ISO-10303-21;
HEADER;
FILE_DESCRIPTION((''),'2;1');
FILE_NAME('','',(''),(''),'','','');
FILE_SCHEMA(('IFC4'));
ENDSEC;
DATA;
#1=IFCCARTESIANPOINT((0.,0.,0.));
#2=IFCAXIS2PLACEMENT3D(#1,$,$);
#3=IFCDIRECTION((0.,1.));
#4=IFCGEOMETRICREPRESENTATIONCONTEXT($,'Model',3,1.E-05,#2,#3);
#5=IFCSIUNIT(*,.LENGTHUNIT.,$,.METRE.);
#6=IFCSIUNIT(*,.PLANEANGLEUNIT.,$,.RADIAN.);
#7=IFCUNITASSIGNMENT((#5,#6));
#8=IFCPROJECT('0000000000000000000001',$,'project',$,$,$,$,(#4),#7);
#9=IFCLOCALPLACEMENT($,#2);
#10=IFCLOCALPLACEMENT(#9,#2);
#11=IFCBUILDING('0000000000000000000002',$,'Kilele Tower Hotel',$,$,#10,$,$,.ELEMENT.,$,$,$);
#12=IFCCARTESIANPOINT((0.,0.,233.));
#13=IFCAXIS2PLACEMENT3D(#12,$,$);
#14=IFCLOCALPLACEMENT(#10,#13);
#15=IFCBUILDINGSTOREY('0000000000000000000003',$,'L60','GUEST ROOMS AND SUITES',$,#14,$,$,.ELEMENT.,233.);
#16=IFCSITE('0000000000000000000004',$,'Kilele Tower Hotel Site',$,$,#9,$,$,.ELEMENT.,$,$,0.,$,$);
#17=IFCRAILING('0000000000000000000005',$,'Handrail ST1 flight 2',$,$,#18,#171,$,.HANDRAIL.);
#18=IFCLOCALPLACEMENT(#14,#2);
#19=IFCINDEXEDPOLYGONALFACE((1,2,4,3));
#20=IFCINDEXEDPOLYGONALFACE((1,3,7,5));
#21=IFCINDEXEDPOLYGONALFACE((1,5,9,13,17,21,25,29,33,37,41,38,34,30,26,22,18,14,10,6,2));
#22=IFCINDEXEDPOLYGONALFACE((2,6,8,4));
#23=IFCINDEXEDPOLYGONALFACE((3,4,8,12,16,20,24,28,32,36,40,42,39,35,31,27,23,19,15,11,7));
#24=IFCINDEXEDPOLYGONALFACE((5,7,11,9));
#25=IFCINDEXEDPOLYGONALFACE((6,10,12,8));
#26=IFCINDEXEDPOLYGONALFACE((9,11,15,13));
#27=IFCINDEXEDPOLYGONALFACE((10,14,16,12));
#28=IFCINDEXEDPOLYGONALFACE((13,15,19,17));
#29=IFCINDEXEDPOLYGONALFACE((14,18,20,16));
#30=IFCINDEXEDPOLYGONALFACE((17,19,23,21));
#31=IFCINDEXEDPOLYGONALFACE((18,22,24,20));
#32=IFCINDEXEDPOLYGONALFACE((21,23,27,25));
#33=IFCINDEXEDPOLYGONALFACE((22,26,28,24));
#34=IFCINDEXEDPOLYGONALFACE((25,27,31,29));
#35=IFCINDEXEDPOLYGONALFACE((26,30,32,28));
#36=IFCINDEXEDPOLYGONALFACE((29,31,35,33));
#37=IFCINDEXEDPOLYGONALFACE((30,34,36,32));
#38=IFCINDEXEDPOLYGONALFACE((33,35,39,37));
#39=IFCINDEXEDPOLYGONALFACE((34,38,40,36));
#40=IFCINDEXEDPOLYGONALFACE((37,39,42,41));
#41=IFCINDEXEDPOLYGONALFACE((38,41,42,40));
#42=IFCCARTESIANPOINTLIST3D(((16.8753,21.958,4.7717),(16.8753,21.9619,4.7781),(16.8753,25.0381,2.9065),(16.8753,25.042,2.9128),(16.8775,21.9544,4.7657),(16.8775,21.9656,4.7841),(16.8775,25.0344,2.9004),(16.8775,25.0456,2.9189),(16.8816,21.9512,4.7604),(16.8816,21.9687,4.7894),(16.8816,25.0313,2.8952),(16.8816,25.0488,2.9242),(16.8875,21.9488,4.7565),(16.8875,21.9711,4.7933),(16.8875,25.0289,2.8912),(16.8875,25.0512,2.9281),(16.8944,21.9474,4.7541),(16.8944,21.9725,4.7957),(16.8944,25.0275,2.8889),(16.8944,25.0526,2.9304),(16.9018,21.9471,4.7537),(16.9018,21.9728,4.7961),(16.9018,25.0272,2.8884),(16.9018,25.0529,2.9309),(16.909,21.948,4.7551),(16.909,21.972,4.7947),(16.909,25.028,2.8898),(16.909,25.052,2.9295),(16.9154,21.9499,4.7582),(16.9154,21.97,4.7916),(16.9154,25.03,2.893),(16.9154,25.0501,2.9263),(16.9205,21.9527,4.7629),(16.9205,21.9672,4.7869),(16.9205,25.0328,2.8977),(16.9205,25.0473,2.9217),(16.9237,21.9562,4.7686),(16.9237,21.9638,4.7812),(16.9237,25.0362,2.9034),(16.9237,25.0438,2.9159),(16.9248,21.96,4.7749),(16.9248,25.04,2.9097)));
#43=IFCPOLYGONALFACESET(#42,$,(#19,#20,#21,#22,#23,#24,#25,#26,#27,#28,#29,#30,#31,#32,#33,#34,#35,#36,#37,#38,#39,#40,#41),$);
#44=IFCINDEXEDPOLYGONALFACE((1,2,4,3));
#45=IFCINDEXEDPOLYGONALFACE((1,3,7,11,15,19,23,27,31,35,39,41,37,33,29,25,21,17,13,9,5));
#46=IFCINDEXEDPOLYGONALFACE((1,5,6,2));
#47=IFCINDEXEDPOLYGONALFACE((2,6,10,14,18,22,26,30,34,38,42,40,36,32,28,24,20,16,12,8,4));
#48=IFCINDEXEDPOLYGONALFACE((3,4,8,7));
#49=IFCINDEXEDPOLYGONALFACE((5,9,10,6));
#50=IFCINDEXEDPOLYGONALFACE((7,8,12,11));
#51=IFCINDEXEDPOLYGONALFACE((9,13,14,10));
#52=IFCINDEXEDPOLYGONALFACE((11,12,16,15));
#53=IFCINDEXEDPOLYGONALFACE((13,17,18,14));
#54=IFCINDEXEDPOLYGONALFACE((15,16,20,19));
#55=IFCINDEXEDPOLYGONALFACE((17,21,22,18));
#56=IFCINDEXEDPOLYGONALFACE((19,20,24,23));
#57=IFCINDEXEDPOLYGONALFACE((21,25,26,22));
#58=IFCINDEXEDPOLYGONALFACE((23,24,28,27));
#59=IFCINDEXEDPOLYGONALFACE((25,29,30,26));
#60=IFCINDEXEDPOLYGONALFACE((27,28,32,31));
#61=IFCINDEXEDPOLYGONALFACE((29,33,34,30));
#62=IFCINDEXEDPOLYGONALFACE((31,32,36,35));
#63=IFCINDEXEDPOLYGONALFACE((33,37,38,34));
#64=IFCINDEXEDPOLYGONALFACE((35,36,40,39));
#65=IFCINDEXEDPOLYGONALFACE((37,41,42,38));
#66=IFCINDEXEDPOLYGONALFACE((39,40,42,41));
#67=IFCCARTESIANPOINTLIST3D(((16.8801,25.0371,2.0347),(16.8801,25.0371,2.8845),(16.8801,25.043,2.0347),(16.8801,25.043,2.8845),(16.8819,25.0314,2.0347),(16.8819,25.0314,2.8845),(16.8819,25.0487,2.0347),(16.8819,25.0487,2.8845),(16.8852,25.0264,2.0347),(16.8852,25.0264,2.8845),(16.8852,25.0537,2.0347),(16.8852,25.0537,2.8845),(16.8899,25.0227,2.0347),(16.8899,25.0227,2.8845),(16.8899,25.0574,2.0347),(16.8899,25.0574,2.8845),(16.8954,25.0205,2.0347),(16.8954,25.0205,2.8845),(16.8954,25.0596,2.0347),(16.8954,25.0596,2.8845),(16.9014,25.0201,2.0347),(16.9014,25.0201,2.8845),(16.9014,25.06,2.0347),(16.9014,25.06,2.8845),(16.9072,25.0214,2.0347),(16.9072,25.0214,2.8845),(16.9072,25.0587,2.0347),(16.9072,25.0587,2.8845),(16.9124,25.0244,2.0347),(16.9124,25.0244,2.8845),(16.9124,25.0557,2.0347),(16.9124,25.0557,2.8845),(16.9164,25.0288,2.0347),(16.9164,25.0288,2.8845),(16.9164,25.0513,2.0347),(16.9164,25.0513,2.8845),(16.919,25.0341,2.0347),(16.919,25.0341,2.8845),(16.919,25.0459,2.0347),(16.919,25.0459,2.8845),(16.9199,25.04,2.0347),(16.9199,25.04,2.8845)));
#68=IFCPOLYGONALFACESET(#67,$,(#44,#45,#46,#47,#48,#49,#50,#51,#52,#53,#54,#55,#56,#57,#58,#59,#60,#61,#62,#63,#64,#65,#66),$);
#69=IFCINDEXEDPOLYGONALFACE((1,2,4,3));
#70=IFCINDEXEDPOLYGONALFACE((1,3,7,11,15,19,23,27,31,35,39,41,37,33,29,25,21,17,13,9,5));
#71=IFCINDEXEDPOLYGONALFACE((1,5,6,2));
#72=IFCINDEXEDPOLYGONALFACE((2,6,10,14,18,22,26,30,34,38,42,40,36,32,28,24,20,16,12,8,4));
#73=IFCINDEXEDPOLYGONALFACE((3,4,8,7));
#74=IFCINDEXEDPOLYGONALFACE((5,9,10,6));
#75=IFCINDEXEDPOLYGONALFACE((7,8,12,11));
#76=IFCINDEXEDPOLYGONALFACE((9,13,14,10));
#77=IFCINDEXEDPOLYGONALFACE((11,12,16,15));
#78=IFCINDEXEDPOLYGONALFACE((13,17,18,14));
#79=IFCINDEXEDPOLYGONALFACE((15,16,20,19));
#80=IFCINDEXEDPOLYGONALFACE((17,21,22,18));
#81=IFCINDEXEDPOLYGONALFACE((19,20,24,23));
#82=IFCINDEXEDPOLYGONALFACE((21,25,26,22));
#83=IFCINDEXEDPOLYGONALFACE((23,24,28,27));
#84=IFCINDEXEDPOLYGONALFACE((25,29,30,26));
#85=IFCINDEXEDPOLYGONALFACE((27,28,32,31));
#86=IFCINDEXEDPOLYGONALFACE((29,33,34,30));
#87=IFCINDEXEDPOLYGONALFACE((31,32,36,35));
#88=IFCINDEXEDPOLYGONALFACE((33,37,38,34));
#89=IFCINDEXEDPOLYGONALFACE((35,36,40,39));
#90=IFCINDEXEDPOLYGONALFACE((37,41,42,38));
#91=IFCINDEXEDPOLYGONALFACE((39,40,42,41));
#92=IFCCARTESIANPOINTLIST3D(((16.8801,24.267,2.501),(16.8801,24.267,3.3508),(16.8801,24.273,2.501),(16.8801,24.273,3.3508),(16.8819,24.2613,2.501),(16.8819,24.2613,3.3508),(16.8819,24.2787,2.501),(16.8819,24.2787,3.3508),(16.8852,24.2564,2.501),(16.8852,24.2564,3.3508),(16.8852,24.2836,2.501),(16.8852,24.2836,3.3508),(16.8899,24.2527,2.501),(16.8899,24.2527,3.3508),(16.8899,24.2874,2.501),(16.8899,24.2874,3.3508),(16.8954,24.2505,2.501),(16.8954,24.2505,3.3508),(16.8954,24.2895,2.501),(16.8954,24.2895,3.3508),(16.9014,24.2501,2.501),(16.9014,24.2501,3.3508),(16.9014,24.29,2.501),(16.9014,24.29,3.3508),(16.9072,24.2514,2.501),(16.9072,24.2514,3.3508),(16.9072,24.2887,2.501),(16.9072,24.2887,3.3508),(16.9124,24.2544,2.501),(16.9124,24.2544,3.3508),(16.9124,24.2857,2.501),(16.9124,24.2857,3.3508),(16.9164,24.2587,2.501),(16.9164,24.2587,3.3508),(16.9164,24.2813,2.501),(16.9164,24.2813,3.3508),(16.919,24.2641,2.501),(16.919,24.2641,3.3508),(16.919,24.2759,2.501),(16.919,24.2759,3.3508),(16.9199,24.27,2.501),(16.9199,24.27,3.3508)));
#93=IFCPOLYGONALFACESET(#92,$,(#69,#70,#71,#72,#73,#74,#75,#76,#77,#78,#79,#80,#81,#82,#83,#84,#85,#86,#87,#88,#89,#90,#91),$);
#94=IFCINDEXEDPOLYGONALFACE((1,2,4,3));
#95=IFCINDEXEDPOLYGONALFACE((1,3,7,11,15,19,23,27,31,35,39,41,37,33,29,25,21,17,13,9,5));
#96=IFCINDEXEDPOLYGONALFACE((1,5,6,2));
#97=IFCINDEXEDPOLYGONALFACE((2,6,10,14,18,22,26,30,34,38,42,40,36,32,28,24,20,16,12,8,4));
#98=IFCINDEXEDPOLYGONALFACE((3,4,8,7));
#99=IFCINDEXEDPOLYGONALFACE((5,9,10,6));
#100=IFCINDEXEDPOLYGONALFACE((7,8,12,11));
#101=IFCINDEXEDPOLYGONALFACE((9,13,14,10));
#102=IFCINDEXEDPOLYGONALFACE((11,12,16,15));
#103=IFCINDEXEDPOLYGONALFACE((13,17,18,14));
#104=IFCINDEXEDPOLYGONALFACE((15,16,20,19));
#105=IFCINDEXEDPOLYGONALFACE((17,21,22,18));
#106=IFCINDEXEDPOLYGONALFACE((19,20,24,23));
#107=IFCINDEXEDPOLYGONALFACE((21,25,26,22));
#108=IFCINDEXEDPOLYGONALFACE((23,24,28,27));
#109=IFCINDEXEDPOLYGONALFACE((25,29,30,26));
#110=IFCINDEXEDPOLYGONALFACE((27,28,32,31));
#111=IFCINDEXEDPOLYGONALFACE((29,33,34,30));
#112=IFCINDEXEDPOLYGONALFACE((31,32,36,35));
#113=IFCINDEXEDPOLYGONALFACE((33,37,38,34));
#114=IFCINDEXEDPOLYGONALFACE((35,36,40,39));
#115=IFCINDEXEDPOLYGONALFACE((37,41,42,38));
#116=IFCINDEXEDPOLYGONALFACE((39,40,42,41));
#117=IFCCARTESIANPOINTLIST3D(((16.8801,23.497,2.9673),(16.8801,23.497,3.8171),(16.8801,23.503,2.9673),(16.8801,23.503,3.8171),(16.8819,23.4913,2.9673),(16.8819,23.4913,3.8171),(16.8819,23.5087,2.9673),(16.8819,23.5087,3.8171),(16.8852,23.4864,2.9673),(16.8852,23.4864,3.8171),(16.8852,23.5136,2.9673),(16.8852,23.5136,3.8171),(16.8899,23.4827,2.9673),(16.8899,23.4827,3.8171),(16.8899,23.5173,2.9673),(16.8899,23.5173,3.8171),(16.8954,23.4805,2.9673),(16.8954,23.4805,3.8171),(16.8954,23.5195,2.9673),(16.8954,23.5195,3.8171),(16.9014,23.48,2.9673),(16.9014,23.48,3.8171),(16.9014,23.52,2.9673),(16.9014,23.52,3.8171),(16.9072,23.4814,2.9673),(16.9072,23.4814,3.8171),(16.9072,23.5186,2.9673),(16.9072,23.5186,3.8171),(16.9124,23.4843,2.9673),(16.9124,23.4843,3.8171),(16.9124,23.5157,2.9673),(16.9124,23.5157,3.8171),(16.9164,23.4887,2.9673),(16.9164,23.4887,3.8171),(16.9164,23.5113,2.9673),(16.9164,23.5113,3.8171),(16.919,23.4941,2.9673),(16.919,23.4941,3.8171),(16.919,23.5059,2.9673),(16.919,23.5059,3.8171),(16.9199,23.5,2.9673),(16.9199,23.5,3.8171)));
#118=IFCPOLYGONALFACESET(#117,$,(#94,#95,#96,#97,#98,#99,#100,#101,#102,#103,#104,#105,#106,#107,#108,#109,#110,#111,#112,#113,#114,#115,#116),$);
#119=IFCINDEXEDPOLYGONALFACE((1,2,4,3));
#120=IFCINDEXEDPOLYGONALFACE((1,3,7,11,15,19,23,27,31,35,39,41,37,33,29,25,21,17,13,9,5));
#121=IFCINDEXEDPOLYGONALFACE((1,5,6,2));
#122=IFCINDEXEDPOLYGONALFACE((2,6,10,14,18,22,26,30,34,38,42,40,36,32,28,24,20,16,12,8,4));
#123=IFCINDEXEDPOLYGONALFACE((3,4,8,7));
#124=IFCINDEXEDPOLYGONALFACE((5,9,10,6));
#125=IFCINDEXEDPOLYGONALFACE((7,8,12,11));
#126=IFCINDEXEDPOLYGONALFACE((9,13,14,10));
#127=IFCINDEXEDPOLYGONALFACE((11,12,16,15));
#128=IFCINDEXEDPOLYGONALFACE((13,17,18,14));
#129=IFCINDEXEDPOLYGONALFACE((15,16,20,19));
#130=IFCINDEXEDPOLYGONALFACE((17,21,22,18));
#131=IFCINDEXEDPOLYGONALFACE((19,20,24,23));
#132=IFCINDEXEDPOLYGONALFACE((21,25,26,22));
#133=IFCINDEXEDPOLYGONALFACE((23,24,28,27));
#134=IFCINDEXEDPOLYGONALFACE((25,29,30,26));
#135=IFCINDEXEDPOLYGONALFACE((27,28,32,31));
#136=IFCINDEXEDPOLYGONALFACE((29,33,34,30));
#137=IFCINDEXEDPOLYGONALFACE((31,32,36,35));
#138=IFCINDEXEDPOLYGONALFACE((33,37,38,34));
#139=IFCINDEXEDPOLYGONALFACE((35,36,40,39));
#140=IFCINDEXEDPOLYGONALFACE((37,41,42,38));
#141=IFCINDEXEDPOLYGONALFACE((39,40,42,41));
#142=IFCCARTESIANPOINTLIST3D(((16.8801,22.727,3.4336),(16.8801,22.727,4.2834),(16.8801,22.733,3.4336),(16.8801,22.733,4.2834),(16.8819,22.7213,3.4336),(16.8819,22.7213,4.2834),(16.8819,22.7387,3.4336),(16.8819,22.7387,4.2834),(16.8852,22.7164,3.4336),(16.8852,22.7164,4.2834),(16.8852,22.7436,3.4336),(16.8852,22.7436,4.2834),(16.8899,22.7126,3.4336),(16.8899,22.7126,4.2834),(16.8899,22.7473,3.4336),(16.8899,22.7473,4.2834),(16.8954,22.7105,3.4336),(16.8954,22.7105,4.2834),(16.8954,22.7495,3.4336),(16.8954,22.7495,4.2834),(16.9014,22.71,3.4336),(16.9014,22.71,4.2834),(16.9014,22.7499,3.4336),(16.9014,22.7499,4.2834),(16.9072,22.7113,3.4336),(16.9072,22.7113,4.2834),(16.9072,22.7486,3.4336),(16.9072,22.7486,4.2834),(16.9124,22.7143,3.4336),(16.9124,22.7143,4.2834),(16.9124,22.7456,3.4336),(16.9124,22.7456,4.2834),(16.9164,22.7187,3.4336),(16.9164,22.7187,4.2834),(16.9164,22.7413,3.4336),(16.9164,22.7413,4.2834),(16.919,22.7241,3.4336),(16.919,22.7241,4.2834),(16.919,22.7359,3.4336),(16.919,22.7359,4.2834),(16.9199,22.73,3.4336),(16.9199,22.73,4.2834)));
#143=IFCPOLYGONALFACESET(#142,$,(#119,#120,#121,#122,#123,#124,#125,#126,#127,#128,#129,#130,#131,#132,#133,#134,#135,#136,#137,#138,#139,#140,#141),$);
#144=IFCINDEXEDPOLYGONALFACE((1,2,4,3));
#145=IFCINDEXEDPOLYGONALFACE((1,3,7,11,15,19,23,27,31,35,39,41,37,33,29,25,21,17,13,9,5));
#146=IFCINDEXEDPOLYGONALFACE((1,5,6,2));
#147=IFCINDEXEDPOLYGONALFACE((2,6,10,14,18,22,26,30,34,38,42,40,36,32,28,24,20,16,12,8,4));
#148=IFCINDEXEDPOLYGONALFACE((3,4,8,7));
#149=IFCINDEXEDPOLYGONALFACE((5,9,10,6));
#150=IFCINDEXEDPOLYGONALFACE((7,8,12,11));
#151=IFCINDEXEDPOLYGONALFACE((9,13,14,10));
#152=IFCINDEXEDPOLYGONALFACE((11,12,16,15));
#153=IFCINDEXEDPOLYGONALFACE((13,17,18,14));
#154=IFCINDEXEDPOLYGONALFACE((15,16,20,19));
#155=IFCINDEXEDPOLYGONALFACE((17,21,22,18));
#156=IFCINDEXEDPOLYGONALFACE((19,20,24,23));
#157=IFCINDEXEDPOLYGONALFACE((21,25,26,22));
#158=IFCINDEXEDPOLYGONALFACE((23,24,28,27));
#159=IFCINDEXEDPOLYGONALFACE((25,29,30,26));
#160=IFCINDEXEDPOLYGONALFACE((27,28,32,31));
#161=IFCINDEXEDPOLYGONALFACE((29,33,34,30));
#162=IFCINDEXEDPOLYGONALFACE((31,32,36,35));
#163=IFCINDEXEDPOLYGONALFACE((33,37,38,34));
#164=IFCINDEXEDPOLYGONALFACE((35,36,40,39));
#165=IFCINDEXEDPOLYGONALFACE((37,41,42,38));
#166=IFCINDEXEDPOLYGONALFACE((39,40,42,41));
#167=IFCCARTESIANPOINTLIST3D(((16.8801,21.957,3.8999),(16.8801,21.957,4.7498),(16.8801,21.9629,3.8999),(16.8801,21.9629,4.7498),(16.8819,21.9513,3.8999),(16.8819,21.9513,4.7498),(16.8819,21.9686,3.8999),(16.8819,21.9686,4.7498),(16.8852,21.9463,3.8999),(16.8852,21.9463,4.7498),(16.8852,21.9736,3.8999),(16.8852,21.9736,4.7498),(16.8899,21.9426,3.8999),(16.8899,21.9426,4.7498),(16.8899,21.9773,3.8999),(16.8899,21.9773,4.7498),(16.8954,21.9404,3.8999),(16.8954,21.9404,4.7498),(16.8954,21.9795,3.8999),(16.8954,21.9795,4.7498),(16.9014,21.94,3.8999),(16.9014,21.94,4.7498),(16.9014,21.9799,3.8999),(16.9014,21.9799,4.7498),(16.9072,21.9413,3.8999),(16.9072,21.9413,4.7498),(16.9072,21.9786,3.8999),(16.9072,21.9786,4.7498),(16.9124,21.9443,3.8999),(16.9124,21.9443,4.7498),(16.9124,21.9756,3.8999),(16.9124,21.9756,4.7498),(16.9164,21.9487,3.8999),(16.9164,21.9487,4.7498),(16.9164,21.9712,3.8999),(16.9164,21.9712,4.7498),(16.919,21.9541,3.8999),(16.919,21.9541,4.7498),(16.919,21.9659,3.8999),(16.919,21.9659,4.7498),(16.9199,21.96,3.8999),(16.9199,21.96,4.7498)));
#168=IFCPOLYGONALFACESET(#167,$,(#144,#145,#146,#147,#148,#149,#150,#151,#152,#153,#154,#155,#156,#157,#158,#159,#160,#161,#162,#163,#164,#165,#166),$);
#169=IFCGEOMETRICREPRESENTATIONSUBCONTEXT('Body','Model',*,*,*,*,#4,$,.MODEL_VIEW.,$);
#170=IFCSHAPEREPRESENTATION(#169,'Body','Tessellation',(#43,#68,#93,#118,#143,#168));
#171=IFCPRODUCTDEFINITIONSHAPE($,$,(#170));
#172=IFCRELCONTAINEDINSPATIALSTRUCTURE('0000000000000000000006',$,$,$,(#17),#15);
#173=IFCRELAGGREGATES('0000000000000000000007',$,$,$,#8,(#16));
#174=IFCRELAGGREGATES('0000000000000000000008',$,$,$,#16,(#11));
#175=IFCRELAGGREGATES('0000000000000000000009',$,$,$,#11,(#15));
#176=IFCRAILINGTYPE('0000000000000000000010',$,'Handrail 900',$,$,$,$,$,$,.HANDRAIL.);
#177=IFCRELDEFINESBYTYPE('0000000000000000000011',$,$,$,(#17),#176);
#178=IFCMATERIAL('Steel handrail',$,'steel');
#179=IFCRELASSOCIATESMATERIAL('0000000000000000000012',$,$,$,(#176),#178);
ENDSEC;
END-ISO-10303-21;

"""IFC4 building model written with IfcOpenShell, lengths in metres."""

from ifc_helpers import new_model, si_unit, direction, frame, origin, origin_2d, place, context, subcontext, project, spatial, circle, extrude, material, type_object, element, save


model = new_model("IFC4")

# Units and contexts
model_context = context("Model", 3, precision=1e-05, world=origin(), true_north=direction((0.0, 1.0)))
body_context = subcontext(model_context, "Body", "Model", "MODEL_VIEW")
ifc_project = project(units=[si_unit("LENGTHUNIT", "METRE"), si_unit("PLANEANGLEUNIT", "RADIAN")], contexts=[model_context])

# Site, building, storey
site_placement = place(None, origin())
site = spatial("IfcSite", under=ifc_project, at=site_placement, Name="Kilele Tower Hotel Site", CompositionType="ELEMENT", RefElevation=0.0)
building_placement = place(site_placement, origin())
building = spatial("IfcBuilding", under=site, at=building_placement, Name="Kilele Tower Hotel", CompositionType="ELEMENT")
storey_placement = place(building_placement, frame((0.0, 0.0, 233.0)))
storey = spatial("IfcBuildingStorey", under=building, at=storey_placement, Name="L60", Description="GUEST ROOMS AND SUITES", CompositionType="ELEMENT", Elevation=233.0)

# Railing
ifc_material_1 = material(Name="Steel handrail", Category="steel")
railing_type_1 = type_object("IfcRailingType", Name="Handrail 900", PredefinedType="HANDRAIL", material=ifc_material_1)
for number, where, name in (
    (1, (16.8999, 25.04, 2.0347), "Handrail ST1 flight 2"),
):
    element("IfcRailing", number, at=place(storey_placement, frame(where)), inside=storey, type_object=railing_type_1, Name=name, PredefinedType="HANDRAIL", context=body_context, shape_type="SweptSolid", body=[
        extrude(circle(Radius=0.0249, at=origin_2d()), frame((0.0, 0.0, 0.875), z_axis=(0.0, -0.85538, 0.518001), x_axis=(1.0, 0.0, 0.0)), (0.0, 0.0, 1.0), 3.6008),
        extrude(circle(Radius=0.02, at=origin_2d()), origin(), (0.0, 0.0, 1.0), 0.8499),
        extrude(circle(Radius=0.02, at=origin_2d()), frame((0.0, -0.77, 0.4663)), (0.0, 0.0, 1.0), 0.8499),
        extrude(circle(Radius=0.02, at=origin_2d()), frame((0.0, -1.54, 0.9326)), (0.0, 0.0, 1.0), 0.8499),
        extrude(circle(Radius=0.02, at=origin_2d()), frame((0.0, -2.3101, 1.3989)), (0.0, 0.0, 1.0), 0.8499),
        extrude(circle(Radius=0.02, at=origin_2d()), frame((0.0, -3.0801, 1.8652)), (0.0, 0.0, 1.0), 0.8499),
    ])

save(model, "model.ifc")
